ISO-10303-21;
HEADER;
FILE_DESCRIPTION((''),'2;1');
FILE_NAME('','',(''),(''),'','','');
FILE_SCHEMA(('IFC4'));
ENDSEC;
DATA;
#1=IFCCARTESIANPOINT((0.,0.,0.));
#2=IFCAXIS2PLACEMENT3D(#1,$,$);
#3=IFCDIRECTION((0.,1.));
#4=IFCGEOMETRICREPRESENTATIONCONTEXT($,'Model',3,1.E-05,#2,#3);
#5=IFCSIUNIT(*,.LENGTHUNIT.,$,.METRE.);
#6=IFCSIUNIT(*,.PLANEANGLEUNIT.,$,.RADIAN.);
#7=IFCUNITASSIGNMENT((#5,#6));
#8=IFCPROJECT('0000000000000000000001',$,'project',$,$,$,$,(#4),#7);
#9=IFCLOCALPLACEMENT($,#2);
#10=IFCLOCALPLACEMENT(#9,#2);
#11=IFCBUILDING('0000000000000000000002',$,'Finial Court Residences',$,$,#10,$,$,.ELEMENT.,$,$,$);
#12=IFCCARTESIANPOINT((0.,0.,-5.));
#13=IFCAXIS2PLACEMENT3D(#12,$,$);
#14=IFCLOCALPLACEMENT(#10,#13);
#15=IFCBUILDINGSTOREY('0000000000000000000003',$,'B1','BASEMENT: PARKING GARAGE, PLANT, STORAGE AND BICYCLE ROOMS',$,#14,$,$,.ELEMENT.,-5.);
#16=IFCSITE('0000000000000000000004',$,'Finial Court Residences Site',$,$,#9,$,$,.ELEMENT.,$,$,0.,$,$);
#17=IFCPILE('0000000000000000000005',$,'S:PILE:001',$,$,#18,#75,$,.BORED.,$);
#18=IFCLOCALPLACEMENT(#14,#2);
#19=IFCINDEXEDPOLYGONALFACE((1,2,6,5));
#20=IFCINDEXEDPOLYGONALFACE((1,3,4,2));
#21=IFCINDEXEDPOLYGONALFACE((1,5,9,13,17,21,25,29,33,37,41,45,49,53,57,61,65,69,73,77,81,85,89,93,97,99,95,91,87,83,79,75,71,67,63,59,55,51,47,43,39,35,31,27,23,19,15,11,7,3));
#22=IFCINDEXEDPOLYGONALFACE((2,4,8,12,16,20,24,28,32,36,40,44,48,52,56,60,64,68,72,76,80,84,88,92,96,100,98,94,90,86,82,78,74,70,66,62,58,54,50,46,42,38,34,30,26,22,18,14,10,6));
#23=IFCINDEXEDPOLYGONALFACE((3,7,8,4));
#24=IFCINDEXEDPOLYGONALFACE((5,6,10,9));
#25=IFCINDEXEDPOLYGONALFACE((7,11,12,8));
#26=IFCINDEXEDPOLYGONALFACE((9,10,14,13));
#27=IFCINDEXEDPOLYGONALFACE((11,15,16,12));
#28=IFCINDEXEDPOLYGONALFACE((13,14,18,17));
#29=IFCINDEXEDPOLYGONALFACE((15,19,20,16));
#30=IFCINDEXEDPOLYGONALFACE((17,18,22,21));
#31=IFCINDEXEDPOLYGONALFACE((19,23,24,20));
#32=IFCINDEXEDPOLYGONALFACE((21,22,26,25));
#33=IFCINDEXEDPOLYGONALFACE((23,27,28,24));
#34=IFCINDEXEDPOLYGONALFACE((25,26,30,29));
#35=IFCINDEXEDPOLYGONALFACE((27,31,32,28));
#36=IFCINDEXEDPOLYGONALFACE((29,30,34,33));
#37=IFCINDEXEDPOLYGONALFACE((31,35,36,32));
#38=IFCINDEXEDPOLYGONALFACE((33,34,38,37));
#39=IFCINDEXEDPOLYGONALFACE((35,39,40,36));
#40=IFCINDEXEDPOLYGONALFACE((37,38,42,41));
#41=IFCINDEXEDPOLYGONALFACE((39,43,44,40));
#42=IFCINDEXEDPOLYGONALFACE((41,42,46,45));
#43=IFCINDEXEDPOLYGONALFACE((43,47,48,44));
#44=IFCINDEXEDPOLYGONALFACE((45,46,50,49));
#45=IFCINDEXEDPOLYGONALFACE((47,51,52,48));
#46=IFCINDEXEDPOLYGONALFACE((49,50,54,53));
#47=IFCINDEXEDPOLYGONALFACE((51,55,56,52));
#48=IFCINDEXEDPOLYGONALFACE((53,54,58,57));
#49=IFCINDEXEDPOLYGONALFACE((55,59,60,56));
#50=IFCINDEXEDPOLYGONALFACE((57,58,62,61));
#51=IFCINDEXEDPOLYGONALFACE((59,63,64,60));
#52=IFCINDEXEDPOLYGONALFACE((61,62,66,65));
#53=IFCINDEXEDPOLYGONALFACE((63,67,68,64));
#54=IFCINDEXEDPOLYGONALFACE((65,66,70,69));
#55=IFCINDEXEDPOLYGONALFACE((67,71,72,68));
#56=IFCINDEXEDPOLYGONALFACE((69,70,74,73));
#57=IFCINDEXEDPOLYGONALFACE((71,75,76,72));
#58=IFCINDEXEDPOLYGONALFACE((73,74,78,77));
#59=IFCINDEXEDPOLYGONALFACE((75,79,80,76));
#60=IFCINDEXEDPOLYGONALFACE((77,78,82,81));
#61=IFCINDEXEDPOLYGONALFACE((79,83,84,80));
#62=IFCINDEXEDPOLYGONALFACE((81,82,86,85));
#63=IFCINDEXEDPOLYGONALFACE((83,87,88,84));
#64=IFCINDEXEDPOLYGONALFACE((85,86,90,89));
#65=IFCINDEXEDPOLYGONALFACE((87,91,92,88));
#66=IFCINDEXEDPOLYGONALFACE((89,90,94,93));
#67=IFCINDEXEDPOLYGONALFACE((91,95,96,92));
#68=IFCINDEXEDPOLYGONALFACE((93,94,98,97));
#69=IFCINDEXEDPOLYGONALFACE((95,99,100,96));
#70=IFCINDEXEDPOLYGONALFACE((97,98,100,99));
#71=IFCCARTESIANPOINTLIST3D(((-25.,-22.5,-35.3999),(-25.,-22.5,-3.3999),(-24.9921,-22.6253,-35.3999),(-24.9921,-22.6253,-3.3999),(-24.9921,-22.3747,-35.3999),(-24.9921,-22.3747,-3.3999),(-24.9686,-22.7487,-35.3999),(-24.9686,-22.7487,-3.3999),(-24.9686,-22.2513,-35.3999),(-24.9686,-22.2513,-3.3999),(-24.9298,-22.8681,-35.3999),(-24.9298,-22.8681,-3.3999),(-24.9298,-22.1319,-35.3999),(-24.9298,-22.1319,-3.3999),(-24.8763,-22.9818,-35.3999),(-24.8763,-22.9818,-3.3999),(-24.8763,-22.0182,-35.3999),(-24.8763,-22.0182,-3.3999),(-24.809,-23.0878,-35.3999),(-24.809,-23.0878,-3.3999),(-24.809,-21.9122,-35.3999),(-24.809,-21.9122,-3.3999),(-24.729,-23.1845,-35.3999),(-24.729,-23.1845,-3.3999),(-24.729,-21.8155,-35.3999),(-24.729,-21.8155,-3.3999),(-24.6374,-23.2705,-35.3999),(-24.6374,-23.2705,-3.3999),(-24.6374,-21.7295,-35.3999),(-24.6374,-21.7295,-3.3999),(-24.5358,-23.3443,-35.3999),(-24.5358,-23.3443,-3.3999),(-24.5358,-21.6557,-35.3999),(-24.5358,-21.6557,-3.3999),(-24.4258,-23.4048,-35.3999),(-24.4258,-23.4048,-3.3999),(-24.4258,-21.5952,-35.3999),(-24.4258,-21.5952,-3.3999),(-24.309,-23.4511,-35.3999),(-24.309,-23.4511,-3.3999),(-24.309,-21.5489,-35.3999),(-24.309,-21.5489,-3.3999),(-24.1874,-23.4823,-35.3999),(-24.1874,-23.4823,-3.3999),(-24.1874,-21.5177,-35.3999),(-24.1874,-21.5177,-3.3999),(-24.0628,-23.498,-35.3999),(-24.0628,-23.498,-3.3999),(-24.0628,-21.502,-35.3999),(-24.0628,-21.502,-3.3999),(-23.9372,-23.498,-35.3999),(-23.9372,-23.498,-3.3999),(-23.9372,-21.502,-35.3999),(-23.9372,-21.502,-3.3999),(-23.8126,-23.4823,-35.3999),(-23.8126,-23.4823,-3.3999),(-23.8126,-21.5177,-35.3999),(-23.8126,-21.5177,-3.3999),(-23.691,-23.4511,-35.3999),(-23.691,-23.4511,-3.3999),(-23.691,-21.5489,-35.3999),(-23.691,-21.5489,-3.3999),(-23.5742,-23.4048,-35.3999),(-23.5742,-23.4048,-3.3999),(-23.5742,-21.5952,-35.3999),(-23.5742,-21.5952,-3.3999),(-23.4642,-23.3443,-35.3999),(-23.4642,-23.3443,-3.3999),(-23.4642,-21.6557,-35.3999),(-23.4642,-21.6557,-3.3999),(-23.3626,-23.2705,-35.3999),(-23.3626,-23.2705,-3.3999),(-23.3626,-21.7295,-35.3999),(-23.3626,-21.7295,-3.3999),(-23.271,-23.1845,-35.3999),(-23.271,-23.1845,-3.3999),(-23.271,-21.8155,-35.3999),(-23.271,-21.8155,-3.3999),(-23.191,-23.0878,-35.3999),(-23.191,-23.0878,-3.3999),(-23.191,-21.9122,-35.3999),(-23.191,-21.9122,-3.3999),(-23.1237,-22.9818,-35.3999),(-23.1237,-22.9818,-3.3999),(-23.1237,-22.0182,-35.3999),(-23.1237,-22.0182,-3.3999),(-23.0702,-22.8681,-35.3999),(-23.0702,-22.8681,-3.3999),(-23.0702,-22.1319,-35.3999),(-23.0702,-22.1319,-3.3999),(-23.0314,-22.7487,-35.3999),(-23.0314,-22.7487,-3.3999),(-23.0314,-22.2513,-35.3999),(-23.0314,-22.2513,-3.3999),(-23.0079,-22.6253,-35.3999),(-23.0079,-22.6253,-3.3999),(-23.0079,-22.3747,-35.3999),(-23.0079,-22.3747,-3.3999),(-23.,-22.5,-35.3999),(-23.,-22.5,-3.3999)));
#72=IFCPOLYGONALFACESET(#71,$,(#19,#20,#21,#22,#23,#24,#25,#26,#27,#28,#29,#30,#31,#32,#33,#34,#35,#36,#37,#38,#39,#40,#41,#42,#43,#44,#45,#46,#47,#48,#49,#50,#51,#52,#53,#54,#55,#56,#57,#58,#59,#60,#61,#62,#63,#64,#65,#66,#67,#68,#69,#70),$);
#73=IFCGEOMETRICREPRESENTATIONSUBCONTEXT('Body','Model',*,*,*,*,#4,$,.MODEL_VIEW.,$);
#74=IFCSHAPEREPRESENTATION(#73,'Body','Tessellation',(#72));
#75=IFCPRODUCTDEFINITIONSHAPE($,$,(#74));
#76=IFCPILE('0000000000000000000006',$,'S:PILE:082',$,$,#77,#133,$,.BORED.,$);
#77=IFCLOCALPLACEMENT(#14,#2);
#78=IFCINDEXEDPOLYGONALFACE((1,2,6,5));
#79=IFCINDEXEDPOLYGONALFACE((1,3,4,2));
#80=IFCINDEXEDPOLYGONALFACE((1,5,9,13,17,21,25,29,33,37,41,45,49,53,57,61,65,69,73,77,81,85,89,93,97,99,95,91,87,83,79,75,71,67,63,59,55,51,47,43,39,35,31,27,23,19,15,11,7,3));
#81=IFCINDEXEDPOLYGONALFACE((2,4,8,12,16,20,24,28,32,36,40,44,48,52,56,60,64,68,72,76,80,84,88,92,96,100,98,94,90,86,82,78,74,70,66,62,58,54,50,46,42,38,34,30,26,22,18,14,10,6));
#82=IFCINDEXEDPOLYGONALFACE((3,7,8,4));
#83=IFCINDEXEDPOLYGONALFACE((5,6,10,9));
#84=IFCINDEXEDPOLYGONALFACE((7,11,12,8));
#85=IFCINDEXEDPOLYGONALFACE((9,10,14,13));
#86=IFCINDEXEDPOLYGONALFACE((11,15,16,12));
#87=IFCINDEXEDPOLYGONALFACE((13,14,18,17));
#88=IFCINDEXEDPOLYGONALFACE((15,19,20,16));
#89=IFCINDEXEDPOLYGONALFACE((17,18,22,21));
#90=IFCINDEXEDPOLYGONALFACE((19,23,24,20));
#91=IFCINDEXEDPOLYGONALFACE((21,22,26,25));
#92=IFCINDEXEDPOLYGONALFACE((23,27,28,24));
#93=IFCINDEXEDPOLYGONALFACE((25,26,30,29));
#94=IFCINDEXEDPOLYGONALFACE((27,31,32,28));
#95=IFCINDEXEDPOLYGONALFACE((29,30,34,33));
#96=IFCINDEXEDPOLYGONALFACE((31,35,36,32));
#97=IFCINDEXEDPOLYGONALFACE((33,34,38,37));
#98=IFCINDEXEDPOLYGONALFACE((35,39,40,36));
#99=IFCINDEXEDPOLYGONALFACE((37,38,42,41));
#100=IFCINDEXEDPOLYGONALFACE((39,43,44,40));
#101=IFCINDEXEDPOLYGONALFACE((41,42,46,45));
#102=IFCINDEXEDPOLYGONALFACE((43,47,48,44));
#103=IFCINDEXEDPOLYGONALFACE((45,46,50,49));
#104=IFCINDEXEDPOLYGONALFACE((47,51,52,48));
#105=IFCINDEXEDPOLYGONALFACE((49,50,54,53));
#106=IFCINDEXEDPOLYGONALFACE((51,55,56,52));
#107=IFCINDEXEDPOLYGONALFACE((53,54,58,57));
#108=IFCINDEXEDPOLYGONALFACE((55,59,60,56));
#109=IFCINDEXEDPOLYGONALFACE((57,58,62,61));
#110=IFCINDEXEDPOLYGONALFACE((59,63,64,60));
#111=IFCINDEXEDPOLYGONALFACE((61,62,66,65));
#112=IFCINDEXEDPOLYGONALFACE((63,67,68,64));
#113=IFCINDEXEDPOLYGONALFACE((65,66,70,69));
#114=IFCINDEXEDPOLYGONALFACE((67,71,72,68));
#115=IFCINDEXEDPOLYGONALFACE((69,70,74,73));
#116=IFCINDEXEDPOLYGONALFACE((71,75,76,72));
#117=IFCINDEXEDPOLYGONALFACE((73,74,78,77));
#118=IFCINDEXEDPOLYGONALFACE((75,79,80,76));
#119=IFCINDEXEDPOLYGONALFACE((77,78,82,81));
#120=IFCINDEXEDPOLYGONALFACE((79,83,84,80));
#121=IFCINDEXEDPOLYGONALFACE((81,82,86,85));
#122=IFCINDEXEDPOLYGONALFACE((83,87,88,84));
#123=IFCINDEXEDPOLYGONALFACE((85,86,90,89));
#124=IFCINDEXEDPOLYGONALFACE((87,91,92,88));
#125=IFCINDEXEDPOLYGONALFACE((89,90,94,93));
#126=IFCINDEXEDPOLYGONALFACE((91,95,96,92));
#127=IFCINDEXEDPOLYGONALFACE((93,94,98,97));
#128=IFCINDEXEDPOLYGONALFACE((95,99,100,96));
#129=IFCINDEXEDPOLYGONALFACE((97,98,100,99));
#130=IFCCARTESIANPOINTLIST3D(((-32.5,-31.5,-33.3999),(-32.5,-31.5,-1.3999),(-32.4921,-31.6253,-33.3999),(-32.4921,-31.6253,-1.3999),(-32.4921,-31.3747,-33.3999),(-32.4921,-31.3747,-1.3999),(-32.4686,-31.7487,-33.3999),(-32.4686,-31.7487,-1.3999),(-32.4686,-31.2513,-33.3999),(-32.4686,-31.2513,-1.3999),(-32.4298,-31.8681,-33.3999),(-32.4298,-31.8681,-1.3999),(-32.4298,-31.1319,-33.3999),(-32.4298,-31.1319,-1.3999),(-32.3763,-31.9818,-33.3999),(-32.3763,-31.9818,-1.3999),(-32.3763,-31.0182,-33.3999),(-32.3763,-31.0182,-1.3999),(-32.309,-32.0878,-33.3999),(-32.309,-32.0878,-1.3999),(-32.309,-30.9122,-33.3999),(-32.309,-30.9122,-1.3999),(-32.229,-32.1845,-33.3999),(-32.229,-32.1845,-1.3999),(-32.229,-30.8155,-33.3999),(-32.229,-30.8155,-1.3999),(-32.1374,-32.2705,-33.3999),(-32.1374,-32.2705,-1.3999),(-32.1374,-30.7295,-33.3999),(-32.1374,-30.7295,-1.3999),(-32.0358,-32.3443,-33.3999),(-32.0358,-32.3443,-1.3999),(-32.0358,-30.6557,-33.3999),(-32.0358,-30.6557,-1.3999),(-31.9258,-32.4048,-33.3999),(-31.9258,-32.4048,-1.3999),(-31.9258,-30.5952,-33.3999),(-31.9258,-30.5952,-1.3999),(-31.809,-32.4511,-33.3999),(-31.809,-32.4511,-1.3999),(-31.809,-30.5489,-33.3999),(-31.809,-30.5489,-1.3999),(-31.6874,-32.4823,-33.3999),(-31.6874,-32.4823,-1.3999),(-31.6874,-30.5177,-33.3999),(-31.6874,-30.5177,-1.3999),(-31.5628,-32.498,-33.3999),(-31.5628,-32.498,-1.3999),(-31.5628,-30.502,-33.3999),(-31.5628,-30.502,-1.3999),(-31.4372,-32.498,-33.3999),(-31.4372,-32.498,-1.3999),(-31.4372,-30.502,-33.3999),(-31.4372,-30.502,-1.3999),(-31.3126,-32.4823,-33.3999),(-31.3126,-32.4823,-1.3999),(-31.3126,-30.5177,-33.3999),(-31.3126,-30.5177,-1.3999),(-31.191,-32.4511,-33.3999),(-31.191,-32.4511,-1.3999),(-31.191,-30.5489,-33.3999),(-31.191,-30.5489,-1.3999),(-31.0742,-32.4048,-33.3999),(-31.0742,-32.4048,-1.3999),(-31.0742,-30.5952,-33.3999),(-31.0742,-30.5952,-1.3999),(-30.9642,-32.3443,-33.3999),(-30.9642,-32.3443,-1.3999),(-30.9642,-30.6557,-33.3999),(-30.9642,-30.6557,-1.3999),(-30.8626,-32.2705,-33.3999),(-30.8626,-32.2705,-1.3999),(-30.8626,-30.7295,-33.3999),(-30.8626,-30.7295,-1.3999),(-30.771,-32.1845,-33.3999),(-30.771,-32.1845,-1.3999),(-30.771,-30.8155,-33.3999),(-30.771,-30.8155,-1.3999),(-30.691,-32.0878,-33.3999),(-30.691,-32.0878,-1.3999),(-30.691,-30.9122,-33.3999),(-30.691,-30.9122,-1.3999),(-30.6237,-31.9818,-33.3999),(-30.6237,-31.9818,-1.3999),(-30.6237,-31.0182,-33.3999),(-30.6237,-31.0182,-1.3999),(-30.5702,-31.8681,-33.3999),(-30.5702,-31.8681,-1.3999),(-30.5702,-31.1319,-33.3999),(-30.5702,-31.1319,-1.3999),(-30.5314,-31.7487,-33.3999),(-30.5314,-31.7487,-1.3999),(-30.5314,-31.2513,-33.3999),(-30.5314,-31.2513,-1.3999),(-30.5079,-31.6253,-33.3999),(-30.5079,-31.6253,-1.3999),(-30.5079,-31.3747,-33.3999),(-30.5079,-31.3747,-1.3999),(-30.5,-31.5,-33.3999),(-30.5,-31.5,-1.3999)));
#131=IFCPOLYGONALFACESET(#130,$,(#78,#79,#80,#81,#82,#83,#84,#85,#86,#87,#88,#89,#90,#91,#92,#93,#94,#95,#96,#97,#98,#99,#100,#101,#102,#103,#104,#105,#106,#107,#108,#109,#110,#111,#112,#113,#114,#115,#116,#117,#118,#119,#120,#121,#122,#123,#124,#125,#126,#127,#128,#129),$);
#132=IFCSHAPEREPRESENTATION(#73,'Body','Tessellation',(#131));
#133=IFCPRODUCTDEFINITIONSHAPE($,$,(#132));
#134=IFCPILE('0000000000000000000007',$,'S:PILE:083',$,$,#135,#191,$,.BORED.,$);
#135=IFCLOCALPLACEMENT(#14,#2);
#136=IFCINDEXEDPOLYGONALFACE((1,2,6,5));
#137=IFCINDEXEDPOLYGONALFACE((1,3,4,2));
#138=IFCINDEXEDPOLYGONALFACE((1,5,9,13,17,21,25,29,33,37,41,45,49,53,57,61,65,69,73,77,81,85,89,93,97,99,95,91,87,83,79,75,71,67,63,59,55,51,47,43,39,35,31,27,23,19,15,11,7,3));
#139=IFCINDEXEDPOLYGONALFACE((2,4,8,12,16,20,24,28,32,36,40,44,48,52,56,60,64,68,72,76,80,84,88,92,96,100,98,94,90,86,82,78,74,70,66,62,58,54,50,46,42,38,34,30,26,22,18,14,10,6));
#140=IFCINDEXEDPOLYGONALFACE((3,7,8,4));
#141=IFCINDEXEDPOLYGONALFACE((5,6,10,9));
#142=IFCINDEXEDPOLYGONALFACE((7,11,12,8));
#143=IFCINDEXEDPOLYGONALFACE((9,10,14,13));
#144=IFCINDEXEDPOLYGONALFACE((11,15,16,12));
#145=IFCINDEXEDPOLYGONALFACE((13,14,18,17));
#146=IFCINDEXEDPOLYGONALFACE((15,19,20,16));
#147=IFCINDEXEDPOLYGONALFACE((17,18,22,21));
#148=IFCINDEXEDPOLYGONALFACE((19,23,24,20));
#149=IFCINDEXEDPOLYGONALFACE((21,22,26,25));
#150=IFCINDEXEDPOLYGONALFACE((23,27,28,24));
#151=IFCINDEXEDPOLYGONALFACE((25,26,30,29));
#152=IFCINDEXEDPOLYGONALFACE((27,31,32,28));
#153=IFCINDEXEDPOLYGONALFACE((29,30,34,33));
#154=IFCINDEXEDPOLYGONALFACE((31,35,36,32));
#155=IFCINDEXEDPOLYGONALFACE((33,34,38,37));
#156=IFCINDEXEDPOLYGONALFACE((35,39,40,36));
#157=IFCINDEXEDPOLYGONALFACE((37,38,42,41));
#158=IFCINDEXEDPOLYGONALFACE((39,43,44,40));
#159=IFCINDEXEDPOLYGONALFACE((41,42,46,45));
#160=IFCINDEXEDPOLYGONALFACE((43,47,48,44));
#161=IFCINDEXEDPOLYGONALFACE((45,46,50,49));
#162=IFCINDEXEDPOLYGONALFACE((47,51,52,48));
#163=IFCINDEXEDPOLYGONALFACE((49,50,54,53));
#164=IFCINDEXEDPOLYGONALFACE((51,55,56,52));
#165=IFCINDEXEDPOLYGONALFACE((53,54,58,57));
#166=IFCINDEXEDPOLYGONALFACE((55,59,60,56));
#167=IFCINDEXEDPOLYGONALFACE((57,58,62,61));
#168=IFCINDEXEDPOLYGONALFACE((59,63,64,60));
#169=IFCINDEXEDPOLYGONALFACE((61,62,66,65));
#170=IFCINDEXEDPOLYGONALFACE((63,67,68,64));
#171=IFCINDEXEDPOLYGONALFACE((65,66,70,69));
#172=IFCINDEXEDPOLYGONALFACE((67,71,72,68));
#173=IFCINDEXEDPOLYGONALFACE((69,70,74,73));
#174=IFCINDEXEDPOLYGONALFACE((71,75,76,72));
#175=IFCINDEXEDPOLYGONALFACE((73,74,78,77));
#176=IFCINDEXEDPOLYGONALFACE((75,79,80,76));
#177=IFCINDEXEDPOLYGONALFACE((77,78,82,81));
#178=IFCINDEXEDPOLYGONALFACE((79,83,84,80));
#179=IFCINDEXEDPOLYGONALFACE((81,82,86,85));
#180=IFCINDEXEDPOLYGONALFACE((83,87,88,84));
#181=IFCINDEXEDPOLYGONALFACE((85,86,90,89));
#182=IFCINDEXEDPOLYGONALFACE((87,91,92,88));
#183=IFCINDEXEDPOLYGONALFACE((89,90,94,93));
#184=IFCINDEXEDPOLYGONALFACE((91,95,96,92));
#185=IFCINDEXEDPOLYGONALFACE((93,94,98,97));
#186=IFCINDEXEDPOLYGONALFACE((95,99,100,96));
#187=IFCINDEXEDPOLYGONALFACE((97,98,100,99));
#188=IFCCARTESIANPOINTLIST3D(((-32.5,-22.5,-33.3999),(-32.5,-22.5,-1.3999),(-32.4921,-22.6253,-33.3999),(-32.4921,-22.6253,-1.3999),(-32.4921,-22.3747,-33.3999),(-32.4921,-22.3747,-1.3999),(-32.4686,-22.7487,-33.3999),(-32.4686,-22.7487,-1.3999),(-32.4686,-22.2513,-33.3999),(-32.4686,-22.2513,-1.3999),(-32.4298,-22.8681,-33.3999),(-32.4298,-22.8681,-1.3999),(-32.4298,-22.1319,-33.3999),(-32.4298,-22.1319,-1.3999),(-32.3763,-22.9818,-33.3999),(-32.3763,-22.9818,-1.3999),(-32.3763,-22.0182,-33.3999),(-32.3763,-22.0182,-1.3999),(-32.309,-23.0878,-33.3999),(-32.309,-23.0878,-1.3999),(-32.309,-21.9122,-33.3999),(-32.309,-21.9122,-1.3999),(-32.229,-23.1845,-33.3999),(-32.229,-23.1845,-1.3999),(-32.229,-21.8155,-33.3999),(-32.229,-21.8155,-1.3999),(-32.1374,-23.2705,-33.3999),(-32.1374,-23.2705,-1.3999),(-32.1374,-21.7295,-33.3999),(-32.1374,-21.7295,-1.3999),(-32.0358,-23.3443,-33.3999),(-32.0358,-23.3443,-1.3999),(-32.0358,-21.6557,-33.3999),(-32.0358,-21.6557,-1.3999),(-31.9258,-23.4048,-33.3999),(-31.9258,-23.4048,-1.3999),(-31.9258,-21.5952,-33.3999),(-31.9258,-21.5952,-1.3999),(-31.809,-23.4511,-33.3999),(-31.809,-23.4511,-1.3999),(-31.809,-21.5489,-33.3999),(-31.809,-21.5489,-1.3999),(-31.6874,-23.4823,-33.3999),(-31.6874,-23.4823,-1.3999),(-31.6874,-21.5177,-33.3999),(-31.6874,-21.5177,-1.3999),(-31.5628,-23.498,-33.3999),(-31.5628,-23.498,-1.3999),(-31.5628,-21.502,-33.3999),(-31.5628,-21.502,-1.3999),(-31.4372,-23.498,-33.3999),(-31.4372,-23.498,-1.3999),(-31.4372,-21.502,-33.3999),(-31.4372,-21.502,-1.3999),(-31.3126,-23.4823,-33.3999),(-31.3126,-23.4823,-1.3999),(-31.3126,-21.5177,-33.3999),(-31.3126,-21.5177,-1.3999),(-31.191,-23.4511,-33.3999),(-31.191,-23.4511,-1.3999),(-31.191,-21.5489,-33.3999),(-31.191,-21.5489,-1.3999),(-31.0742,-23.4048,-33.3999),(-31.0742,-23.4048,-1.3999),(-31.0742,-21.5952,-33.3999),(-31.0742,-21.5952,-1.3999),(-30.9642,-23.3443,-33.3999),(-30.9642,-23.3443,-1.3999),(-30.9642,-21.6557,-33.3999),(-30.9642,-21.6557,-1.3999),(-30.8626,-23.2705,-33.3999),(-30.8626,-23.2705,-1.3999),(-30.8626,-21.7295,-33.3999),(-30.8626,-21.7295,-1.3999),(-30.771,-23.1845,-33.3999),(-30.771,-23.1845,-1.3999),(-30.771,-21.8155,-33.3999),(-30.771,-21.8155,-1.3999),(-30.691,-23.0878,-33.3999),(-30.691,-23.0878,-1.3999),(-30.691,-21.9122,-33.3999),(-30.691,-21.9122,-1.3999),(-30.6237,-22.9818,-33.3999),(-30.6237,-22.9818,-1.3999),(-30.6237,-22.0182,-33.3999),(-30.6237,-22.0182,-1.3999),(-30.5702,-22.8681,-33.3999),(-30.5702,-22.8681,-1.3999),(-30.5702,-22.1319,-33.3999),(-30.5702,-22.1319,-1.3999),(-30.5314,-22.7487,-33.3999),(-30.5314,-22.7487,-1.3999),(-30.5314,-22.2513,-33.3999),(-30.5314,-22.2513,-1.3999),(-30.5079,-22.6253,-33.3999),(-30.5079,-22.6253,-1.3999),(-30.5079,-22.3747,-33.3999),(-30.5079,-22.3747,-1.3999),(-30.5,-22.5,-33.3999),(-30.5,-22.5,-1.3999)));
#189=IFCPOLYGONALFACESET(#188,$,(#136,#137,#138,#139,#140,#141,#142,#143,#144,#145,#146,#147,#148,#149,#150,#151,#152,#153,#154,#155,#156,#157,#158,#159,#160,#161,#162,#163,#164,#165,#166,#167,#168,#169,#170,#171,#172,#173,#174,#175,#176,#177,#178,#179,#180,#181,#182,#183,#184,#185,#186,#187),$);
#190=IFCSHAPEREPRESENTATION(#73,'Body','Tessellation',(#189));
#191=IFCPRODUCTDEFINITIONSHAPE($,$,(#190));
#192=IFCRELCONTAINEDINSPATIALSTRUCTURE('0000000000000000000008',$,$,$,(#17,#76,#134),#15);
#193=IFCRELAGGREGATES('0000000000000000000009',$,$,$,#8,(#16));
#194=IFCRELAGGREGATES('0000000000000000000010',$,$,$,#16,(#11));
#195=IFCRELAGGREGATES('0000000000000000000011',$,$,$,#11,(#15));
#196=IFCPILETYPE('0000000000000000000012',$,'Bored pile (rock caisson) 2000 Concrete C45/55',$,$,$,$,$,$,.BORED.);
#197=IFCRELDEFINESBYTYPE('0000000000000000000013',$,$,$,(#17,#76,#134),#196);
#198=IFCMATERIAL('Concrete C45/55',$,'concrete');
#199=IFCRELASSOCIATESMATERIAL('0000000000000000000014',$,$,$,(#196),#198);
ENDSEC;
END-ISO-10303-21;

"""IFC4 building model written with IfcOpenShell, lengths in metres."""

from ifc_helpers import new_model, si_unit, direction, frame, origin, origin_2d, place, context, subcontext, project, spatial, circle, extrude, material, material_profile, profile_set, type_object, element, save


model = new_model("IFC4")

# Units and contexts
model_context = context("Model", 3, precision=1e-05, world=origin(), true_north=direction((0.0, 1.0)))
body_context = subcontext(model_context, "Body", "Model", "MODEL_VIEW")
ifc_project = project(units=[si_unit("LENGTHUNIT", "METRE"), si_unit("PLANEANGLEUNIT", "RADIAN")], contexts=[model_context])

# Site, building, storey
site_placement = place(None, origin())
site = spatial("IfcSite", under=ifc_project, at=site_placement, Name="Finial Court Residences Site", CompositionType="ELEMENT", RefElevation=0.0)
building_placement = place(site_placement, origin())
building = spatial("IfcBuilding", under=site, at=building_placement, Name="Finial Court Residences", CompositionType="ELEMENT")
storey_placement = place(building_placement, frame((0.0, 0.0, -5.0)))
storey = spatial("IfcBuildingStorey", under=building, at=storey_placement, Name="B1", Description="BASEMENT: PARKING GARAGE, PLANT, STORAGE AND BICYCLE ROOMS", CompositionType="ELEMENT", Elevation=-5.0)

# Piles
ifc_material_1 = material(Name="Concrete C45/55", Category="concrete")
ifc_material_profile_1 = material_profile(ifc_material_1, circle(Radius=1.0, at=origin_2d()), Name="D2000")
ifc_profile_set_1 = profile_set([ifc_material_profile_1], Name="Concrete C45/55")
pile_type = type_object("IfcPileType", Name="Bored pile (rock caisson) 2000 Concrete C45/55", PredefinedType="BORED", material=ifc_profile_set_1)
for number, where, z_axis, x_axis, name in (
    (1, (-24.0, -22.5, -3.3999), (0.0, 0.0, -1.0), (1.0, 0.0, 0.0), "S:PILE:001"),
    (2, (-31.5, -31.5, -1.3999), (0.0, 0.0, -1.0), (1.0, 0.0, 0.0), "S:PILE:082"),
    (3, (-31.5, -22.5, -1.3999), (0.0, 0.0, -1.0), (1.0, 0.0, 0.0), "S:PILE:083"),
):
    element("IfcPile", number, at=place(storey_placement, frame(where, z_axis=z_axis, x_axis=x_axis)), inside=storey, type_object=pile_type, Name=name, PredefinedType="BORED", context=body_context, shape_type="SweptSolid", body=[
        extrude(circle(Radius=1.0, at=origin_2d()), origin(), (0.0, 0.0, 1.0), 32.0),
    ])

save(model, "model.ifc")
